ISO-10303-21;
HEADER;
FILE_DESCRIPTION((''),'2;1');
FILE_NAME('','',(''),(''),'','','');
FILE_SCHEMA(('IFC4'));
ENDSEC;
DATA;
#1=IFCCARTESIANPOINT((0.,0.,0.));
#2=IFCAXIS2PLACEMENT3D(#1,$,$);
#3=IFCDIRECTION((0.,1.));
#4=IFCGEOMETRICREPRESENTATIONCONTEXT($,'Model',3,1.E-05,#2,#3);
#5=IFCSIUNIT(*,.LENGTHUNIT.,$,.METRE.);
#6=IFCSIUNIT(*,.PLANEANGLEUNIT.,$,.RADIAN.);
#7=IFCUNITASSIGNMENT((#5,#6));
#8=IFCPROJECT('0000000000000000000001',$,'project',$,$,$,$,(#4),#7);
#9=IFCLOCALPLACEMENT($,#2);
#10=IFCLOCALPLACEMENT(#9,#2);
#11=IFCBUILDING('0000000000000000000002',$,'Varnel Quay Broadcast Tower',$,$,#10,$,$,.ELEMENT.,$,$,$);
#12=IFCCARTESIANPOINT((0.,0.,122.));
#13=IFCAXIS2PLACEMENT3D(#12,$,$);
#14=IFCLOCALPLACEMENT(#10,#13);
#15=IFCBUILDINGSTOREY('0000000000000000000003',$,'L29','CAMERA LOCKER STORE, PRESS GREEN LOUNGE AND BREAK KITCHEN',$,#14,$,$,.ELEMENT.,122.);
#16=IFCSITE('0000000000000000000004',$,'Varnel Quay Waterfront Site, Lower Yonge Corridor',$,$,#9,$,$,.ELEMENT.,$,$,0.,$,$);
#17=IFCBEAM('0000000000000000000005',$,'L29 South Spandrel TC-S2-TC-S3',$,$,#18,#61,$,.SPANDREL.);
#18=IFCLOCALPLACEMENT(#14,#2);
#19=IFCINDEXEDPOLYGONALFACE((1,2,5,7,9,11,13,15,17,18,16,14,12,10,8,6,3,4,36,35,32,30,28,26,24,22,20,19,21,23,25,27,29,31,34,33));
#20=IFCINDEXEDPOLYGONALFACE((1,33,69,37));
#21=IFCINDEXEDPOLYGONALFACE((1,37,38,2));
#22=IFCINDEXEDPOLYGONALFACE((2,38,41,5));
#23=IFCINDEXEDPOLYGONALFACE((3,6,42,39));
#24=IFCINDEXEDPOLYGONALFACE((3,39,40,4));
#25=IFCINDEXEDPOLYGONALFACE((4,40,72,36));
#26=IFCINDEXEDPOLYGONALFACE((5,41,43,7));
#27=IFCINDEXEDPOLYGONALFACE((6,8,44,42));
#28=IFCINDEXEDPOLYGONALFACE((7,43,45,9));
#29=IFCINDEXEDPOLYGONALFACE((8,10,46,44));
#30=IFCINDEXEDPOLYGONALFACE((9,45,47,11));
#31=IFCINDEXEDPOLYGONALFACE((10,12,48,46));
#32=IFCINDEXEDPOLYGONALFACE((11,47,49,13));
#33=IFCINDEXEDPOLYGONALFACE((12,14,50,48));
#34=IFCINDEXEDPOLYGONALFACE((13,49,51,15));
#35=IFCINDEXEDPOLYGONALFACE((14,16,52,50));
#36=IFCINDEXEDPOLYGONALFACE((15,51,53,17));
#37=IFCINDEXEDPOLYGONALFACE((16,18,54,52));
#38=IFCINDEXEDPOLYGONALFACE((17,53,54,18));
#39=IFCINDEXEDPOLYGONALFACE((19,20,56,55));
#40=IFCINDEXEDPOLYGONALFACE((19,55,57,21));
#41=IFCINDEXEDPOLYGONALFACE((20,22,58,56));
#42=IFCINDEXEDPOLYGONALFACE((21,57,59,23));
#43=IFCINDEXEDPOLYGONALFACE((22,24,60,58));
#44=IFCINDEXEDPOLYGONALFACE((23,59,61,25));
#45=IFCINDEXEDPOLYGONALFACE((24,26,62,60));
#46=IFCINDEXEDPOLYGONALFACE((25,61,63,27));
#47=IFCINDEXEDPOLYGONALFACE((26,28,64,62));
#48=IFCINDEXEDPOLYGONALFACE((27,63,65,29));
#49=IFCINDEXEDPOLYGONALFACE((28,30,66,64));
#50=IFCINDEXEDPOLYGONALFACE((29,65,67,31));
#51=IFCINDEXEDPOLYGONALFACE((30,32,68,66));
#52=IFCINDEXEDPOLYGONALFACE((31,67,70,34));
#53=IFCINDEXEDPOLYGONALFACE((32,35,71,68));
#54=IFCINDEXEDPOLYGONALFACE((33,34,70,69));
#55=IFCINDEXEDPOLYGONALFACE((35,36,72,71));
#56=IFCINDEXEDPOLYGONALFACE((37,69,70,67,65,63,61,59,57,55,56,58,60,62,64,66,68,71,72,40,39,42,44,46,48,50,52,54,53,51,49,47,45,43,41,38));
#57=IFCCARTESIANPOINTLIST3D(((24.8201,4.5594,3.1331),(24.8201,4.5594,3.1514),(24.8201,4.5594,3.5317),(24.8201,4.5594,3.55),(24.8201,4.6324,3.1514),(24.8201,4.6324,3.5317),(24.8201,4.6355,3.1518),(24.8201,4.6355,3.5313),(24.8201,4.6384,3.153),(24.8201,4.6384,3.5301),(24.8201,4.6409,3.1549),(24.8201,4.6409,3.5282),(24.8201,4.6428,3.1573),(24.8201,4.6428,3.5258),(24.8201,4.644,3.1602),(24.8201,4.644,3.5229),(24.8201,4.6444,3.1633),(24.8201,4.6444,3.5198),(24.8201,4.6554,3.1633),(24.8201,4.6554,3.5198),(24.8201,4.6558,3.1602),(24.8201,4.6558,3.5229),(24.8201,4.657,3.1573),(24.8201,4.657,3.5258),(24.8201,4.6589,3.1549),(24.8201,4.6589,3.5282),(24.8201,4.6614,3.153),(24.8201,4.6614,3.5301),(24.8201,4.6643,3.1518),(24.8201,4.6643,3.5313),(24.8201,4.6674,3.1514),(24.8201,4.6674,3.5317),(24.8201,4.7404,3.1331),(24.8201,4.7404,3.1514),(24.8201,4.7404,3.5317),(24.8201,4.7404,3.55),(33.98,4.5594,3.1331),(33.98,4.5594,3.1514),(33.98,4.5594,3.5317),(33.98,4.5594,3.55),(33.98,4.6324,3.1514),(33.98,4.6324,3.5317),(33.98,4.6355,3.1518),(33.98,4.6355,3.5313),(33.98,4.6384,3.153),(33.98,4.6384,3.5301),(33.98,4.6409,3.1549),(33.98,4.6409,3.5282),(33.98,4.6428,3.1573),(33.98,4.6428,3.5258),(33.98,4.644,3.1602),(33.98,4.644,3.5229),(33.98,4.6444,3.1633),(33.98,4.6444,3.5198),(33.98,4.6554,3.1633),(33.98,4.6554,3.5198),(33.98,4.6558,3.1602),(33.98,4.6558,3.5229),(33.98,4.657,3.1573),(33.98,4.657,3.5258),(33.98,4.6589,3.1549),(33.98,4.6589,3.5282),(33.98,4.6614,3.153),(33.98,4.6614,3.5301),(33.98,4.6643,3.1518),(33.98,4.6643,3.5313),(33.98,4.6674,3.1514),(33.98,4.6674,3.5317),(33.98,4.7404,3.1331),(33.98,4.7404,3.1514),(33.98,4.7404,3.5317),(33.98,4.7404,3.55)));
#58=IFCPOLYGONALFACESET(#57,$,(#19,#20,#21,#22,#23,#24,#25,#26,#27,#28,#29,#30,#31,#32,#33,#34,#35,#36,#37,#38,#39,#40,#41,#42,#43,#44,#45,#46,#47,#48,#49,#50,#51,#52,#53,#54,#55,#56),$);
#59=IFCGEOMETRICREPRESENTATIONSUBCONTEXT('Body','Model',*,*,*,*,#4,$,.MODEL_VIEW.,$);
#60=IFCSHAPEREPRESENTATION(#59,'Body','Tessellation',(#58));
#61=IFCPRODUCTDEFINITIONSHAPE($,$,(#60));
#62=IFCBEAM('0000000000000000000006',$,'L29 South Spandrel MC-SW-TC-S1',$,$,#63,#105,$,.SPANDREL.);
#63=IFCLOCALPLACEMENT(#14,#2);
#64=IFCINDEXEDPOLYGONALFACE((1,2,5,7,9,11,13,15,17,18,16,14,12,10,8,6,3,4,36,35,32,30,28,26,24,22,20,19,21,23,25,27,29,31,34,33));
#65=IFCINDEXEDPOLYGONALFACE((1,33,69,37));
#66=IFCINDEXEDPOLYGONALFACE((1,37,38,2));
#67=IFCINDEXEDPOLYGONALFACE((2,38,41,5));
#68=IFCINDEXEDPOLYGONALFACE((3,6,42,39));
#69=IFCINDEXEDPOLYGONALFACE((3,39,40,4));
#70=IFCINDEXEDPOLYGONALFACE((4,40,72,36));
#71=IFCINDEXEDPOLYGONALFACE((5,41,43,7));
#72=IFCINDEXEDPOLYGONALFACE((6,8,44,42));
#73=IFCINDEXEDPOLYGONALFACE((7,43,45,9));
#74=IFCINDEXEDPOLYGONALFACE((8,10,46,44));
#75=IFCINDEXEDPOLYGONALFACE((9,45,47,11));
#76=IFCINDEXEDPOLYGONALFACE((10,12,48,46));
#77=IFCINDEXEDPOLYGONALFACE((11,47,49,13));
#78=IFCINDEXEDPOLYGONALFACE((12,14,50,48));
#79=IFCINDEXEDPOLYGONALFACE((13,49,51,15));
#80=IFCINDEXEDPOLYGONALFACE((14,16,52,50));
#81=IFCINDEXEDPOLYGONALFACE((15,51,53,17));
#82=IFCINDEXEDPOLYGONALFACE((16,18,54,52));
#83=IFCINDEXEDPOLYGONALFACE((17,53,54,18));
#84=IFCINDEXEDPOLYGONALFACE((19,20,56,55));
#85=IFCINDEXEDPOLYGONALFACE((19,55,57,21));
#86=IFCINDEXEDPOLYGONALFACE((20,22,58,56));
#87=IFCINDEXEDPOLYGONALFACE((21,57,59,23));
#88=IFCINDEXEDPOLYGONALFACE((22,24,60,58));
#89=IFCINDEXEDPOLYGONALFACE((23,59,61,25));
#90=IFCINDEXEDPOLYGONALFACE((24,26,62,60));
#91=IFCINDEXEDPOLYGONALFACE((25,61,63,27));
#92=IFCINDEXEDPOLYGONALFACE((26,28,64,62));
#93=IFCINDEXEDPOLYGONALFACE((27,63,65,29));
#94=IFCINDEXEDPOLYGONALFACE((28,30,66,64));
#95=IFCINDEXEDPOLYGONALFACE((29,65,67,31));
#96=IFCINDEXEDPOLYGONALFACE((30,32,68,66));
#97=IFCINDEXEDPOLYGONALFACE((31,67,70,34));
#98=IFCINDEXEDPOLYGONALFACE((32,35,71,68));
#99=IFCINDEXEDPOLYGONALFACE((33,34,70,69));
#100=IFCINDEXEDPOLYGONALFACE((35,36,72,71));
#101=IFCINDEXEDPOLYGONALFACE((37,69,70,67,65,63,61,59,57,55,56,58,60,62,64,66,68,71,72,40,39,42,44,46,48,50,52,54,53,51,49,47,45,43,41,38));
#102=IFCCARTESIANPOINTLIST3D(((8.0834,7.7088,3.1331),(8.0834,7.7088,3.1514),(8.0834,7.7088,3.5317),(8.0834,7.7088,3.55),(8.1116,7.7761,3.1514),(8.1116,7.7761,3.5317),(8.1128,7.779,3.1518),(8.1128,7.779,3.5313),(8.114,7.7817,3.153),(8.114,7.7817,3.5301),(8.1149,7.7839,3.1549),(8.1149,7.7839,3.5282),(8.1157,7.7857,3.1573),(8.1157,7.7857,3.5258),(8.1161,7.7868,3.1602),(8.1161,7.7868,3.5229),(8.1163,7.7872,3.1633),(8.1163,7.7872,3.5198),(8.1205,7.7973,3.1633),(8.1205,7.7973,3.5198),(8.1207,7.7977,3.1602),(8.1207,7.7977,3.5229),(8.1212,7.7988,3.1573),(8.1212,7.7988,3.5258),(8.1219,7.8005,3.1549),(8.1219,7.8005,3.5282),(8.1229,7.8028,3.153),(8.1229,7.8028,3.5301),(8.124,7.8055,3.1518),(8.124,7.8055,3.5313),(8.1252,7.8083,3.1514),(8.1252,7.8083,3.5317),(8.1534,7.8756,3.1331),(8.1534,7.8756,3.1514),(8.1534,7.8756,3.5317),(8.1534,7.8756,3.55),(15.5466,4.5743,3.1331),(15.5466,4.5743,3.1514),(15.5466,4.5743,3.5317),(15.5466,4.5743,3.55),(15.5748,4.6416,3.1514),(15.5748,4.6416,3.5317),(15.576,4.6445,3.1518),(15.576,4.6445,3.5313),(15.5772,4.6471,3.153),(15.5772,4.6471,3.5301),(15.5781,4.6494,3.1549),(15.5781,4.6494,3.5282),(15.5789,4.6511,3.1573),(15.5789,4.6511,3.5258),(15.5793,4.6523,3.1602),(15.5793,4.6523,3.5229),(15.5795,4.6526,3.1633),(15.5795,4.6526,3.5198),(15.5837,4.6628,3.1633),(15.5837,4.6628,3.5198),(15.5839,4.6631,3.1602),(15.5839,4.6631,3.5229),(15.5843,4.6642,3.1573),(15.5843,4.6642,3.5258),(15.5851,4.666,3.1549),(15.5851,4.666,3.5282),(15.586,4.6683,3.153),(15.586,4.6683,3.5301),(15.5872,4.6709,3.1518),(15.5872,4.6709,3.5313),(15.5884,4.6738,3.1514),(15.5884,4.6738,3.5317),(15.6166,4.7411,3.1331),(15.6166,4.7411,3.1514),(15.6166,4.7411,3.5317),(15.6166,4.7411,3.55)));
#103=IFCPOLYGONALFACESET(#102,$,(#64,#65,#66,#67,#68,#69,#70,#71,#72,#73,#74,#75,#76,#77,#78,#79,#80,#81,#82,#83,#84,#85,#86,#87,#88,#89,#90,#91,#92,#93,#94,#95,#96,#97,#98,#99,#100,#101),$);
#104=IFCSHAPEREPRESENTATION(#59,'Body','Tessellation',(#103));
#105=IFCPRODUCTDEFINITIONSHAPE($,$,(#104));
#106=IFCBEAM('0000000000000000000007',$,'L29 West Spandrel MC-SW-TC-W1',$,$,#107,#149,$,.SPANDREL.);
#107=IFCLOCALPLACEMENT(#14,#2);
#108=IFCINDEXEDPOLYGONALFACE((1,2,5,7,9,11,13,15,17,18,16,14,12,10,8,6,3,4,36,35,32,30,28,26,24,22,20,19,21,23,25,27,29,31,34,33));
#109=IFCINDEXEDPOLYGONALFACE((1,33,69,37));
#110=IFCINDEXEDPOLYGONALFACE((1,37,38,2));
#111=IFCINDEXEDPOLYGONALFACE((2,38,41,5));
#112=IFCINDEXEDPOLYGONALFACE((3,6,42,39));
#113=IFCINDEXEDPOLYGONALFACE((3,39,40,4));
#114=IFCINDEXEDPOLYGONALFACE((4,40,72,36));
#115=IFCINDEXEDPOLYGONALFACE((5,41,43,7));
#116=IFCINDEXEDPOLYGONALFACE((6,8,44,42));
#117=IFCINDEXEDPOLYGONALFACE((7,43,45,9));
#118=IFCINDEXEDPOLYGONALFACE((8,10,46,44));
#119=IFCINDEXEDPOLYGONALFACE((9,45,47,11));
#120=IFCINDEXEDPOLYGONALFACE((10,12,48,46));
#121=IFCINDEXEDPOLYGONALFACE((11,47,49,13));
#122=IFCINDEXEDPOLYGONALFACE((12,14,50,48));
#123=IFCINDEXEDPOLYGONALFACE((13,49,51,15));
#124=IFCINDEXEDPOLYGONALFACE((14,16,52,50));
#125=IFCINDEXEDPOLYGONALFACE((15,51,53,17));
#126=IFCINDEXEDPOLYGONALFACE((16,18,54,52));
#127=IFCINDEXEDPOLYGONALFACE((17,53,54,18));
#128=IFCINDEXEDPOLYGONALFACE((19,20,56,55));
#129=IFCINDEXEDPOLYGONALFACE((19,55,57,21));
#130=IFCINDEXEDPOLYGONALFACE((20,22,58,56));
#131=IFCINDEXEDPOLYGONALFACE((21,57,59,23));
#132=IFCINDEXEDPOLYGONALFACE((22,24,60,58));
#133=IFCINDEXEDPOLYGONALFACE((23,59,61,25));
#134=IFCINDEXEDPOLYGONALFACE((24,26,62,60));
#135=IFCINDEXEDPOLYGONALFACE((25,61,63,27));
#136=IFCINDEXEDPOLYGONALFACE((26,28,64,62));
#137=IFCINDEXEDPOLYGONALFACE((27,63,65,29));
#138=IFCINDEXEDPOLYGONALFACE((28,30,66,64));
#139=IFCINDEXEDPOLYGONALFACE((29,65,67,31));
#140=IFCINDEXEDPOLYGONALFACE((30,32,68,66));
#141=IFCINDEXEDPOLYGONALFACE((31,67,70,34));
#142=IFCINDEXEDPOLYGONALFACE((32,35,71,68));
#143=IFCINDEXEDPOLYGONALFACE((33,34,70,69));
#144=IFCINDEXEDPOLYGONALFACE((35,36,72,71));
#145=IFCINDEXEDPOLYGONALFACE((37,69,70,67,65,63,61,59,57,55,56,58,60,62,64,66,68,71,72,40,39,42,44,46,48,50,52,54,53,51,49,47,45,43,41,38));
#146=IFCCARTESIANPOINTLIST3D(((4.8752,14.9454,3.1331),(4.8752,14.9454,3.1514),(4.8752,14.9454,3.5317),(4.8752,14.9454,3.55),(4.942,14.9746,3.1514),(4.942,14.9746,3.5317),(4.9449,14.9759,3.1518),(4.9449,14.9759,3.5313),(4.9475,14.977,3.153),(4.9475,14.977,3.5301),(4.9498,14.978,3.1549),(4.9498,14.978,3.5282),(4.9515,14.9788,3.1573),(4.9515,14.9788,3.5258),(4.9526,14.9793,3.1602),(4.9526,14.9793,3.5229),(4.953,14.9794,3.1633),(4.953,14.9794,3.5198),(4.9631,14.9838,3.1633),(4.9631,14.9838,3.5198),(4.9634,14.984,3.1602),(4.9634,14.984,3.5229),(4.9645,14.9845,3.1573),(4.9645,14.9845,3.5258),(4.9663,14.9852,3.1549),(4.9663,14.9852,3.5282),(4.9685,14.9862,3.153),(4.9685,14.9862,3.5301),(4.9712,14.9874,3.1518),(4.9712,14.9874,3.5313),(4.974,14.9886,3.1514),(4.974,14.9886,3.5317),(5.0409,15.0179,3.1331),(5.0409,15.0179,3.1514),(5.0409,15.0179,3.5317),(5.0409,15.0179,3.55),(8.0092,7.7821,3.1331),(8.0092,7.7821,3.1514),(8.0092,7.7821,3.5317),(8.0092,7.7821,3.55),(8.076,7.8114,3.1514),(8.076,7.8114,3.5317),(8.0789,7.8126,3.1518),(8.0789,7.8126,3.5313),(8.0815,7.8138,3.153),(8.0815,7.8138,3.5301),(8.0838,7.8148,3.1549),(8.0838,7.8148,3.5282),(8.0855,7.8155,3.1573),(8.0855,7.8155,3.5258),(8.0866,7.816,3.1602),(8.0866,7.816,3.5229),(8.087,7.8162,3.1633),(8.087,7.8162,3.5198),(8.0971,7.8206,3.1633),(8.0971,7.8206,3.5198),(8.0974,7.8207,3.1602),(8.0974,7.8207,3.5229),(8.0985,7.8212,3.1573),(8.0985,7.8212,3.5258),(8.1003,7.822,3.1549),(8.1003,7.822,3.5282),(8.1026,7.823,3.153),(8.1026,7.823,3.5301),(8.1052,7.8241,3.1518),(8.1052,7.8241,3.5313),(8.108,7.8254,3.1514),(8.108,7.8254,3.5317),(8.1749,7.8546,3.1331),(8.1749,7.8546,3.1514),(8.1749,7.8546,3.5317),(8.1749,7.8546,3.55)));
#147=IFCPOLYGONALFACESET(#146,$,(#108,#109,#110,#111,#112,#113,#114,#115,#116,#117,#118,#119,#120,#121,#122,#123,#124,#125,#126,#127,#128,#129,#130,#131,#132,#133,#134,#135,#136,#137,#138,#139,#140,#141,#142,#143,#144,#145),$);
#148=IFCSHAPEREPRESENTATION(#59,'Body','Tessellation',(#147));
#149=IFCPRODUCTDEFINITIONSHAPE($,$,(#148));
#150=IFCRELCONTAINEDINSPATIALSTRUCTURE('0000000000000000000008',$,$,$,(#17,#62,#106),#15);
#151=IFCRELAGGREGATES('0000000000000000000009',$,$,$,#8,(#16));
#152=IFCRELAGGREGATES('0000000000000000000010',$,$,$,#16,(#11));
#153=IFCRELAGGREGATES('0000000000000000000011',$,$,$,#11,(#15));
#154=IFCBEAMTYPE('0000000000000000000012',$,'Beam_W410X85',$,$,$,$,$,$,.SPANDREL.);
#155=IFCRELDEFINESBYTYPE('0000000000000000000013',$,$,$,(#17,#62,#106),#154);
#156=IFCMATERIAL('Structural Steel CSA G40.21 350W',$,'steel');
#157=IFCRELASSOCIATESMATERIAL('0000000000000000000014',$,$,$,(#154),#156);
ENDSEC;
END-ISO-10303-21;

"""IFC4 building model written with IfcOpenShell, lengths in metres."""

from ifc_helpers import new_model, si_unit, direction, frame, origin, origin_2d, place, context, subcontext, project, spatial, i_section, extrude, source, transform, mapped, material, material_profile, profile_set, type_object, type_shapes, element, save


model = new_model("IFC4")

# Units and contexts
model_context = context("Model", 3, precision=1e-05, world=origin(), true_north=direction((0.0, 1.0)))
body_context = subcontext(model_context, "Body", "Model", "MODEL_VIEW")
ifc_project = project(units=[si_unit("LENGTHUNIT", "METRE"), si_unit("PLANEANGLEUNIT", "RADIAN")], contexts=[model_context])

# Site, building, storey
site_placement = place(None, origin())
site = spatial("IfcSite", under=ifc_project, at=site_placement, Name="Varnel Quay Waterfront Site, Lower Yonge Corridor", CompositionType="ELEMENT", RefElevation=0.0)
building_placement = place(site_placement, origin())
building = spatial("IfcBuilding", under=site, at=building_placement, Name="Varnel Quay Broadcast Tower", CompositionType="ELEMENT")
storey_placement = place(building_placement, frame((0.0, 0.0, 122.0)))
storey = spatial("IfcBuildingStorey", under=building, at=storey_placement, Name="L29", Description="CAMERA LOCKER STORE, PRESS GREEN LOUNGE AND BREAK KITCHEN", CompositionType="ELEMENT", Elevation=122.0)

# Shared definitions
ifc_material_1 = material(Name="Structural Steel CSA G40.21 350W", Category="steel")

# Beams
ifc_material_profile_1 = material_profile(ifc_material_1, i_section(OverallWidth=0.1809, OverallDepth=0.417, WebThickness=0.011, FlangeThickness=0.0183, FilletRadius=0.012, at=origin_2d()), Name="W410X85")
ifc_profile_set_1 = profile_set([ifc_material_profile_1], Name="Structural Steel CSA G40.21 350W")
beam_type_1 = type_object("IfcBeamType", Name="Beam_W410X85", PredefinedType="SPANDREL", material=ifc_profile_set_1)
shared_shape_1 = source(origin(), body_context, "Body", "SweptSolid", [
    extrude(i_section(OverallWidth=0.1809, OverallDepth=0.417, WebThickness=0.011, FlangeThickness=0.0183, FilletRadius=0.012, at=origin_2d()), origin(), (0.0, 0.0, 1.0), 9.1599),
])
for number, where, z_axis, x_axis, name in (
    (1, (24.8201, 4.6499, 3.3416), (1.0, 0.0, 0.0), (0.0, 1.0, 0.0), "L29 South Spandrel TC-S2-TC-S3"),
):
    element("IfcBeam", number, at=place(storey_placement, frame(where, z_axis=z_axis, x_axis=x_axis)), inside=storey, type_object=beam_type_1, Name=name, PredefinedType="SPANDREL", context=body_context, shape_type="MappedRepresentation", body=[
        mapped(shared_shape_1, transform((0.0, 0.0, 0.0), x_axis=(1.0, 0.0, 0.0), y_axis=(0.0, 1.0, 0.0), z_axis=(0.0, 0.0, 1.0), scale=1.0)),
    ])
shared_shape_2 = source(origin(), body_context, "Body", "SweptSolid", [
    extrude(i_section(OverallWidth=0.1809, OverallDepth=0.417, WebThickness=0.011, FlangeThickness=0.0183, FilletRadius=0.012, at=origin_2d()), origin(), (0.0, 0.0, 1.0), 8.0947),
])
beam_1_placement = place(storey_placement, frame((8.1184, 7.7922, 3.3416), z_axis=(0.921982, -0.387233, 0.0), x_axis=(0.387233, 0.921982, 0.0)))
element("IfcBeam", 2, at=beam_1_placement, inside=storey, type_object=beam_type_1, Name="L29 South Spandrel MC-SW-TC-S1", PredefinedType="SPANDREL", context=body_context, shape_type="MappedRepresentation", body=[
    mapped(shared_shape_2, transform((0.0, 0.0, 0.0), x_axis=(1.0, 0.0, 0.0), y_axis=(0.0, 1.0, 0.0), z_axis=(0.0, 0.0, 1.0), scale=1.0)),
])
shared_shape_3 = source(origin(), body_context, "Body", "SweptSolid", [
    extrude(i_section(OverallWidth=0.1809, OverallDepth=0.417, WebThickness=0.011, FlangeThickness=0.0183, FilletRadius=0.012, at=origin_2d()), origin(), (0.0, 0.0, 1.0), 7.8188),
])
type_shapes(beam_type_1, [shared_shape_1, shared_shape_2, shared_shape_3])
beam_2_placement = place(storey_placement, frame((8.092, 7.8184, 3.3416), z_axis=(-0.400827, 0.916154, 0.0), x_axis=(-0.916154, -0.400827, 0.0)))
element("IfcBeam", 3, at=beam_2_placement, inside=storey, type_object=beam_type_1, Name="L29 West Spandrel MC-SW-TC-W1", PredefinedType="SPANDREL", context=body_context, shape_type="MappedRepresentation", body=[
    mapped(shared_shape_3, transform((0.0, 0.0, 0.0), x_axis=(1.0, 0.0, 0.0), y_axis=(0.0, 1.0, 0.0), z_axis=(0.0, 0.0, 1.0), scale=1.0)),
])

save(model, "model.ifc")
